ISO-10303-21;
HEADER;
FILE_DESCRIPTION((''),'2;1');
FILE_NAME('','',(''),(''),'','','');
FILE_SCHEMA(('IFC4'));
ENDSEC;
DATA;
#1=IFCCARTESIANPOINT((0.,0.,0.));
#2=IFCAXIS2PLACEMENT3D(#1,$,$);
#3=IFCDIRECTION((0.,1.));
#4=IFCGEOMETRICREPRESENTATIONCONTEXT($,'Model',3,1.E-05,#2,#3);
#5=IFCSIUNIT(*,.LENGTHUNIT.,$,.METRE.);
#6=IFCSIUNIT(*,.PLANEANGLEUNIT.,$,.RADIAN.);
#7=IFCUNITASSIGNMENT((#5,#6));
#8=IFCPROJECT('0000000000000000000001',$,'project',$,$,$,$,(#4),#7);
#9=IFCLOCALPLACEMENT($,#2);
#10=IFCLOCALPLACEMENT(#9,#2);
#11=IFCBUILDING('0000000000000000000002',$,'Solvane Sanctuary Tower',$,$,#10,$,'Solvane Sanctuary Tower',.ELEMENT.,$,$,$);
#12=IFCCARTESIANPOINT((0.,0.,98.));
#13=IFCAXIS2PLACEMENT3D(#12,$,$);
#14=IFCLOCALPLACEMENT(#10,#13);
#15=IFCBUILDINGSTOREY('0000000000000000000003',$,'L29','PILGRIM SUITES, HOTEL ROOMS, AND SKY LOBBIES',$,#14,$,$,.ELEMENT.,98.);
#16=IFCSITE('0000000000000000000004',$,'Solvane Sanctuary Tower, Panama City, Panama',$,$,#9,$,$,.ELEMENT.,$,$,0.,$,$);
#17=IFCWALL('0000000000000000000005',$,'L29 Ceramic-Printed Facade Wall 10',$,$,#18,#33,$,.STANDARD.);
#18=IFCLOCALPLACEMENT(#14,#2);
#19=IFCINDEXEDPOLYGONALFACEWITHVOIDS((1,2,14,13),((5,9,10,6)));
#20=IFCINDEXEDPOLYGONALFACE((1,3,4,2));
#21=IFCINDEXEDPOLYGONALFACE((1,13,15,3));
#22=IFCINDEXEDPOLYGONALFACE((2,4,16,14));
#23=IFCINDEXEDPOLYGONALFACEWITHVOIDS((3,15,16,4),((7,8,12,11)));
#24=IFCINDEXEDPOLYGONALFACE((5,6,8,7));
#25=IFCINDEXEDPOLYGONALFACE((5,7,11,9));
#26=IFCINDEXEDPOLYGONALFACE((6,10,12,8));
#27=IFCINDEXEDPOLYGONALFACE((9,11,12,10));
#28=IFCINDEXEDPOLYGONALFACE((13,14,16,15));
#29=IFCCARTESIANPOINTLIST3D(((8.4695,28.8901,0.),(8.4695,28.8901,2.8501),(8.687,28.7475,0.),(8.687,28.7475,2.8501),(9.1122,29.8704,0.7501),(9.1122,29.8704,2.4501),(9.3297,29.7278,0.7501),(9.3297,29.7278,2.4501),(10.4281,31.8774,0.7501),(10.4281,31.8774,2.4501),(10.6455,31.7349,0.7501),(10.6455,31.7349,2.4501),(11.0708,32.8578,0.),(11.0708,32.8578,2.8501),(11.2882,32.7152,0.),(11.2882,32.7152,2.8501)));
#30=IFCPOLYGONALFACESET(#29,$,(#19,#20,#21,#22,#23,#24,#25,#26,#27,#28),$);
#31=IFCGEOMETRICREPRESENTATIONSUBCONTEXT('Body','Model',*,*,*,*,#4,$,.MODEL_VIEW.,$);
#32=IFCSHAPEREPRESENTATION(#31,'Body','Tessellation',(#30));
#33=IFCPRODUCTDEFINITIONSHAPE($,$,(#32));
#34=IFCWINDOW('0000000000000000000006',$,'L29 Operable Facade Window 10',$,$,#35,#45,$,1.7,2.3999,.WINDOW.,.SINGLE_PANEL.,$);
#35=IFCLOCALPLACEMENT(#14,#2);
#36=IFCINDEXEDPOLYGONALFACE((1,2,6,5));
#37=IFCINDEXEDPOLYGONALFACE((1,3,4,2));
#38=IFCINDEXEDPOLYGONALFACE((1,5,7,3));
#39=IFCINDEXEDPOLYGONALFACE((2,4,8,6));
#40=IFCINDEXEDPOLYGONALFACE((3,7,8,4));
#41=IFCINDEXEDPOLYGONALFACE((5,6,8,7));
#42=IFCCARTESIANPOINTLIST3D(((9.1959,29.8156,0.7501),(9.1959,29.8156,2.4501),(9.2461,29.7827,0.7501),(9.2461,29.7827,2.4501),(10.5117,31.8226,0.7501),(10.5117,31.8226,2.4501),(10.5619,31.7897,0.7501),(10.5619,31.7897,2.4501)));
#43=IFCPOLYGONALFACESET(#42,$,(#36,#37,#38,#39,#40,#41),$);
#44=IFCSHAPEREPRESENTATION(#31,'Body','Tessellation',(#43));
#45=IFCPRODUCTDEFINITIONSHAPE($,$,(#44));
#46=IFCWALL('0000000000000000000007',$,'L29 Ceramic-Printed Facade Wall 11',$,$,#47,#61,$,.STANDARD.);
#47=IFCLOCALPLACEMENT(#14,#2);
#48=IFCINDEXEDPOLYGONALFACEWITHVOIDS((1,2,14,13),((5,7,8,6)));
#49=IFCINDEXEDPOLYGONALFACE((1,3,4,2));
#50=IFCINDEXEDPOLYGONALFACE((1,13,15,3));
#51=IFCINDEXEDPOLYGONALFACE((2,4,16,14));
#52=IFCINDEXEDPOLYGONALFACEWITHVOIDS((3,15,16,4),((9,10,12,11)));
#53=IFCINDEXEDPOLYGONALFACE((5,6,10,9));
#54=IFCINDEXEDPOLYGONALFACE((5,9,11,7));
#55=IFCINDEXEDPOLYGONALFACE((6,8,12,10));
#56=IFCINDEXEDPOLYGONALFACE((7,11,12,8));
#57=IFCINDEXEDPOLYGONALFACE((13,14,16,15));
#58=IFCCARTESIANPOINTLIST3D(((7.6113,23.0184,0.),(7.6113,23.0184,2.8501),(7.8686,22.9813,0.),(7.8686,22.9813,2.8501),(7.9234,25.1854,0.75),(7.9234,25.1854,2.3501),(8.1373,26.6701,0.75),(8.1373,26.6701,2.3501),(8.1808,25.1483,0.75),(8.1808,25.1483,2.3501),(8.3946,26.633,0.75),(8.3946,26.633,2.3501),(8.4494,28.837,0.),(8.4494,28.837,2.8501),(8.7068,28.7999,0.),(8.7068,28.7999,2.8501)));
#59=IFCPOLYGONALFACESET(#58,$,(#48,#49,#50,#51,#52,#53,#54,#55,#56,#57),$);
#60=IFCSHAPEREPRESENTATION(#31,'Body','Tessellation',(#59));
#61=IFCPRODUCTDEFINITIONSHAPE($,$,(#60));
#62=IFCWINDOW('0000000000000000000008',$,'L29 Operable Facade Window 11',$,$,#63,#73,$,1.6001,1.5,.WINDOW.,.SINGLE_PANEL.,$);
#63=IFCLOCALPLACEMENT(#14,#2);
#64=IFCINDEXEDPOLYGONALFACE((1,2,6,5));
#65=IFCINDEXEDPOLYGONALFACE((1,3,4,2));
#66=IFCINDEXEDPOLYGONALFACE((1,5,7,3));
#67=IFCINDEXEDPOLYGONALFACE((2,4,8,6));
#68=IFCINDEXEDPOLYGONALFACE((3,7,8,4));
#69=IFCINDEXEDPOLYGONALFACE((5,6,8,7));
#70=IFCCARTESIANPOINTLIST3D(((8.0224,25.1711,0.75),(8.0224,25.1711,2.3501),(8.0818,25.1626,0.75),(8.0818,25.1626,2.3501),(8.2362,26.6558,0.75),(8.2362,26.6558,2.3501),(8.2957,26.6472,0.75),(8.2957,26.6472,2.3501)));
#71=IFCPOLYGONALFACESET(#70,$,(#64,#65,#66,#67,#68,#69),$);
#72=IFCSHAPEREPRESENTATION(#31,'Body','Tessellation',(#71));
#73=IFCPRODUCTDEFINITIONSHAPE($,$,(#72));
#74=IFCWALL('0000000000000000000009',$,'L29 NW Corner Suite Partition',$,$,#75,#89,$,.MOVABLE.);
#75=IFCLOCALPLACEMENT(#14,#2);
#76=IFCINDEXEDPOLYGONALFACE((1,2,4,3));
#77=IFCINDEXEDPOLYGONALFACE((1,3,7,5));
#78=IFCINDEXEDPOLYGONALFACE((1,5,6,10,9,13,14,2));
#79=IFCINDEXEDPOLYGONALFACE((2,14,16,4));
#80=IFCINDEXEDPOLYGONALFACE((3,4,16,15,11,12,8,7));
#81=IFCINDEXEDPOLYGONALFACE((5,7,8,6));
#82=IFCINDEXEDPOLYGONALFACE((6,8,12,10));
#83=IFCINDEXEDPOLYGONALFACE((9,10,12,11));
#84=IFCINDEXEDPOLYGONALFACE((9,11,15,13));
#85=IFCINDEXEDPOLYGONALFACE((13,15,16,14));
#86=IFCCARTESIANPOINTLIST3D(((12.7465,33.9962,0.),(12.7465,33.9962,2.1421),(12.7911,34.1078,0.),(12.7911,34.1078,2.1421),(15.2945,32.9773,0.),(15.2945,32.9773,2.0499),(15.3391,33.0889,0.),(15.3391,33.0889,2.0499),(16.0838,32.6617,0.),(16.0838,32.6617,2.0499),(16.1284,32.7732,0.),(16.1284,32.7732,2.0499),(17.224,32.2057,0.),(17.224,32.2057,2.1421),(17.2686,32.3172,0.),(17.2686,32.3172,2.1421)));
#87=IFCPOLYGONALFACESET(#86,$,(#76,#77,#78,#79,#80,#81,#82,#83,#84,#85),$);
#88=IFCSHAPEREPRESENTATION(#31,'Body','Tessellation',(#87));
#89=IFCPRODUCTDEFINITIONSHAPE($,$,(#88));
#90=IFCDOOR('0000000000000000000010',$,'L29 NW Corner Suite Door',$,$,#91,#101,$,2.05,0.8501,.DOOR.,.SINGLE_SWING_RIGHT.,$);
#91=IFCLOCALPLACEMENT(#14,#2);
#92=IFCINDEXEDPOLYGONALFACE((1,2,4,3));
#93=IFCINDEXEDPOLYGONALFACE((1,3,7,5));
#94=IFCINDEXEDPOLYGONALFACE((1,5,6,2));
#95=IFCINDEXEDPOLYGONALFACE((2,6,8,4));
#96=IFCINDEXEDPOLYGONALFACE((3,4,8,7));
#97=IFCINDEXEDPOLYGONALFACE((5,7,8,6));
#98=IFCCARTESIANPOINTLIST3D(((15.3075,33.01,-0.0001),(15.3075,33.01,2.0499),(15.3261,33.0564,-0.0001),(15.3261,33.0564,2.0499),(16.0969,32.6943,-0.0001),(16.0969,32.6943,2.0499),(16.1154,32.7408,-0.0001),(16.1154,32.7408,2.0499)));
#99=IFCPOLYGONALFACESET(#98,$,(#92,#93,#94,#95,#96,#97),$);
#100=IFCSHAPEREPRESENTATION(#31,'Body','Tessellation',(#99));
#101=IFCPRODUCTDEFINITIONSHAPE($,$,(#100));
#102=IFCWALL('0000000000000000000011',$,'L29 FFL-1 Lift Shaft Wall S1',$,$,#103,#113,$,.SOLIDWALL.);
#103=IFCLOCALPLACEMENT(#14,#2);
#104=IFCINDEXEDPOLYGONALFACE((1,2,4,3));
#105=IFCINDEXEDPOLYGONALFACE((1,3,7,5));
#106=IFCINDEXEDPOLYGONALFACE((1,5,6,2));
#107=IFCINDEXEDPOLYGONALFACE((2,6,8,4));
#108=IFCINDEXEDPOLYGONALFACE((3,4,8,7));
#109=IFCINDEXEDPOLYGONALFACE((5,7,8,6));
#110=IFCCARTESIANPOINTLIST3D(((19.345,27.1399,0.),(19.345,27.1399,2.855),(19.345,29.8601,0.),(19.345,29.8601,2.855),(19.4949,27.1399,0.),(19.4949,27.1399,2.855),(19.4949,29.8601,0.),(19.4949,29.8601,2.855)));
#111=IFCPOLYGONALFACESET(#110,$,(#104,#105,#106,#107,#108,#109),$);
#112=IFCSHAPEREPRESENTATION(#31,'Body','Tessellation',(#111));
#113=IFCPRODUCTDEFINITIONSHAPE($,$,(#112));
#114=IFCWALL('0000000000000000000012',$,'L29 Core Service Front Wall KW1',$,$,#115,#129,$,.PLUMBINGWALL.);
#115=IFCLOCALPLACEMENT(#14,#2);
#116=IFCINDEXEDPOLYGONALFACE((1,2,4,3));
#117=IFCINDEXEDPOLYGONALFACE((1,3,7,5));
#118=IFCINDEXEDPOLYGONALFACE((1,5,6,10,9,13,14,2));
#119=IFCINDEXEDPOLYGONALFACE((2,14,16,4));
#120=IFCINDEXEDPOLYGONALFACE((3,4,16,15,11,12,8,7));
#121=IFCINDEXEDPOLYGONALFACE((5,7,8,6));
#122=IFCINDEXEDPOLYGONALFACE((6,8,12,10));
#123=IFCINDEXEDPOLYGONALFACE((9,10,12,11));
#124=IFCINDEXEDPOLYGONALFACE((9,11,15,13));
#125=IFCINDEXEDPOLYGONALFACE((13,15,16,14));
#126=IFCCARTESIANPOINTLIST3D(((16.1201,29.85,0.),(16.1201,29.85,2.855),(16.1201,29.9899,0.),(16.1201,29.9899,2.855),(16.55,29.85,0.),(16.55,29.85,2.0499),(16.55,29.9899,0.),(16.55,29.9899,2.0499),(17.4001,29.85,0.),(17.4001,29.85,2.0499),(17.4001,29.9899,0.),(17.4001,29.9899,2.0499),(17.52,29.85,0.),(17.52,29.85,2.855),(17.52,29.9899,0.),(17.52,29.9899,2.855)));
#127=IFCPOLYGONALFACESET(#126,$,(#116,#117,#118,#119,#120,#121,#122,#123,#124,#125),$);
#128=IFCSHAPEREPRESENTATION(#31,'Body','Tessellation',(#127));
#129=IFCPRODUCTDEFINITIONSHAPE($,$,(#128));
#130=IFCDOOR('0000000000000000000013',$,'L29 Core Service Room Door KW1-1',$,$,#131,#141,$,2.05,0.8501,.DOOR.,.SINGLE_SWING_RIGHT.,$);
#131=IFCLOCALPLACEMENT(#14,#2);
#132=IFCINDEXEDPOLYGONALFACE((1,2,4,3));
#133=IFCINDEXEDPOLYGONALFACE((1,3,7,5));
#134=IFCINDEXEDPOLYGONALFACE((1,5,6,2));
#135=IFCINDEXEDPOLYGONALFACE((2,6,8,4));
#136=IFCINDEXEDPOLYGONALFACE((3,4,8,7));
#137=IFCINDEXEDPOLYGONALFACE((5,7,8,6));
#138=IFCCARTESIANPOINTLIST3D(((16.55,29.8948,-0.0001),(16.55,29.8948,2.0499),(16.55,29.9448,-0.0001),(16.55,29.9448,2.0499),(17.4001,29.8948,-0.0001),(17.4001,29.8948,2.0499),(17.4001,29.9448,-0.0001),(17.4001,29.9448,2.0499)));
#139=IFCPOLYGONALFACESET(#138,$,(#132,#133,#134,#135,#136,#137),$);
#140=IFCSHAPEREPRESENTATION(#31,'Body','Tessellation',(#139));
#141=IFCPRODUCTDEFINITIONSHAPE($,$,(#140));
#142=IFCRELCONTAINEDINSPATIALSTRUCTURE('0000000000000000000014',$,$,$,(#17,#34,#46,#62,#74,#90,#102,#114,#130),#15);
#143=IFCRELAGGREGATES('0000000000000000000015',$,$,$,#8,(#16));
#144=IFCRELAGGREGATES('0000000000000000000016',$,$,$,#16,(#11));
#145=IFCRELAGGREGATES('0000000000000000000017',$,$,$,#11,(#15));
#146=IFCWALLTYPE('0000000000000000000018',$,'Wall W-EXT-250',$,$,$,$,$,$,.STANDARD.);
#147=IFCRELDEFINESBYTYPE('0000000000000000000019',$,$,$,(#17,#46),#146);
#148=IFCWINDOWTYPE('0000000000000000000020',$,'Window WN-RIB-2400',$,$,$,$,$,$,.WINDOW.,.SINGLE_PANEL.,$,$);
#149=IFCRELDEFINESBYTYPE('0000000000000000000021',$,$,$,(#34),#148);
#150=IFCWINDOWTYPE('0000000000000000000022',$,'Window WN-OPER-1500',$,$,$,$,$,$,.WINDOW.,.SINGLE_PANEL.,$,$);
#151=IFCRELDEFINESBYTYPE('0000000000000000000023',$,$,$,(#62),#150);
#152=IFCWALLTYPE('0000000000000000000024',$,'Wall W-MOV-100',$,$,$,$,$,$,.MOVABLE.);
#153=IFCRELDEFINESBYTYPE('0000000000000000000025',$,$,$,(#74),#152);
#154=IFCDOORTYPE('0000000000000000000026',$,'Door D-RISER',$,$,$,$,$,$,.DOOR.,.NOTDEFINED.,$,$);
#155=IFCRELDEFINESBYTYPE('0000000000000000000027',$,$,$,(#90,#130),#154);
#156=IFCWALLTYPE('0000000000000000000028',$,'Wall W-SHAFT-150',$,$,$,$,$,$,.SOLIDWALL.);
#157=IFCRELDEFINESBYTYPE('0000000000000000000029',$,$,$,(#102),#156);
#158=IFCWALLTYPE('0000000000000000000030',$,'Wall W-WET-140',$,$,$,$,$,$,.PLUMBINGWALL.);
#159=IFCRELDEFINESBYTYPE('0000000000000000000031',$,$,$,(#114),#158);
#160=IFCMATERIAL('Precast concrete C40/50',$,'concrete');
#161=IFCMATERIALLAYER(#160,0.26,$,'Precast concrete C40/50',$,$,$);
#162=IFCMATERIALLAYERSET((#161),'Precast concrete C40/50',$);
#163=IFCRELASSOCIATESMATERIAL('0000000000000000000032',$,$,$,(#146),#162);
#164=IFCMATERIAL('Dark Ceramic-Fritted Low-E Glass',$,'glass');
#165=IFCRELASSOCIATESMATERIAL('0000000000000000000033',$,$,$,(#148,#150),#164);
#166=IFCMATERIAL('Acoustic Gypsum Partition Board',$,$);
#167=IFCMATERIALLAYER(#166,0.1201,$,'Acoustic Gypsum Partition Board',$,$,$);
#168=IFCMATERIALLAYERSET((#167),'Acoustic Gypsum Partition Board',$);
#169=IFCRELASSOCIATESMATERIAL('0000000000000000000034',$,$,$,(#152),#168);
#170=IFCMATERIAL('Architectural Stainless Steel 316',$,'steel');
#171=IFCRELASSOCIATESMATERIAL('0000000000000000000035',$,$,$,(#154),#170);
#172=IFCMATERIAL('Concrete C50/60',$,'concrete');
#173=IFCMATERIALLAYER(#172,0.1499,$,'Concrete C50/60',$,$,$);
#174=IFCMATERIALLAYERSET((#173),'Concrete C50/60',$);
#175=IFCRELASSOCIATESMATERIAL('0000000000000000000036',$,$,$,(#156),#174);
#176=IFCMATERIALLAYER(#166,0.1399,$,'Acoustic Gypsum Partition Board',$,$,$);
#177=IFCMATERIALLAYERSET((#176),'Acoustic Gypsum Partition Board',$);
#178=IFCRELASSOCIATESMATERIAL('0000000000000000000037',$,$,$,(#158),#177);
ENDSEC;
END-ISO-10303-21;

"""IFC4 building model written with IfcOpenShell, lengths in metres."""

from ifc_helpers import new_model, si_unit, direction, frame, frame_2d, origin, place, context, subcontext, project, spatial, rectangle, extrude, material, layer, layer_set, type_object, element, fill, save


model = new_model("IFC4")

# Units and contexts
model_context = context("Model", 3, precision=1e-05, world=origin(), true_north=direction((0.0, 1.0)))
body_context = subcontext(model_context, "Body", "Model", "MODEL_VIEW")
ifc_project = project(units=[si_unit("LENGTHUNIT", "METRE"), si_unit("PLANEANGLEUNIT", "RADIAN")], contexts=[model_context])

# Site, building, storey
site_placement = place(None, origin())
site = spatial("IfcSite", under=ifc_project, at=site_placement, Name="Solvane Sanctuary Tower, Panama City, Panama", CompositionType="ELEMENT", RefElevation=0.0)
building_placement = place(site_placement, origin())
building = spatial("IfcBuilding", under=site, at=building_placement, Name="Solvane Sanctuary Tower", LongName="Solvane Sanctuary Tower", CompositionType="ELEMENT")
storey_placement = place(building_placement, frame((0.0, 0.0, 98.0)))
storey = spatial("IfcBuildingStorey", under=building, at=storey_placement, Name="L29", Description="PILGRIM SUITES, HOTEL ROOMS, AND SKY LOBBIES", CompositionType="ELEMENT", Elevation=98.0)

# Shared definitions
ifc_material_1 = material(Name="Acoustic Gypsum Partition Board")

# Shared definitions
ifc_material_2 = material(Name="Precast concrete C40/50", Category="concrete")
ifc_layer_1 = layer(ifc_material_2, 0.26, Name="Precast concrete C40/50")
ifc_layer_set_1 = layer_set([ifc_layer_1], Name="Precast concrete C40/50")
wall_type_1 = type_object("IfcWallType", Name="Wall W-EXT-250", PredefinedType="STANDARD", material=ifc_layer_set_1)

# Walls, openings, windows
ifc_material_3 = material(Name="Dark Ceramic-Fritted Low-E Glass", Category="glass")
wall_1_placement = place(storey_placement, frame((11.1794, 32.7864, 0.0), z_axis=(0.0, 0.0, 1.0), x_axis=(-0.548283, -0.836293, 0.0)))
wall_1 = element("IfcWall", 1, at=wall_1_placement, inside=storey, type_object=wall_type_1, Name="L29 Ceramic-Printed Facade Wall 10", PredefinedType="STANDARD", context=body_context, shape_type="SweptSolid", body=[
    extrude(rectangle(XDim=4.7444, YDim=0.26, at=frame_2d((2.3721, 0.0))), origin(), (0.0, 0.0, 1.0), 2.8501),
])
opening_1_placement = place(wall_1_placement, frame((1.1721, 0.0, 0.75)))
opening_1 = element("IfcOpeningElement", 2, at=opening_1_placement, cuts=wall_1, PredefinedType="OPENING", context=body_context, shape_type="SweptSolid", body=[
    extrude(rectangle(XDim=2.3999, YDim=1.7, at=frame_2d((1.2, 0.8501))), frame((0.0, 0.1399, 0.0), z_axis=(0.0, -1.0, 0.0), x_axis=(1.0, 0.0, 0.0)), (0.0, 0.0, 1.0), 0.28),
])
window_type_1 = type_object("IfcWindowType", Name="Window WN-RIB-2400", PartitioningType="SINGLE_PANEL", PredefinedType="WINDOW", material=ifc_material_3)
window_1_placement = place(opening_1_placement, origin())
window_1 = element("IfcWindow", 3, at=window_1_placement, inside=storey, type_object=window_type_1, Name="L29 Operable Facade Window 10", OverallHeight=1.7, OverallWidth=2.3999, PartitioningType="SINGLE_PANEL", PredefinedType="WINDOW", context=body_context, shape_type="SweptSolid", body=[
    extrude(rectangle(XDim=2.3999, YDim=1.7, at=frame_2d((1.2, 0.8501))), frame((0.0, 0.03, 0.0), z_axis=(0.0, -1.0, 0.0), x_axis=(1.0, 0.0, 0.0)), (0.0, 0.0, 1.0), 0.0601),
])
fill(opening_1, window_1)
wall_2_placement = place(storey_placement, frame((8.5781, 28.8186, 0.0), z_axis=(0.0, 0.0, 1.0), x_axis=(-0.142572, -0.989784, 0.0)))
wall_2 = element("IfcWall", 4, at=wall_2_placement, inside=storey, type_object=wall_type_1, Name="L29 Ceramic-Printed Facade Wall 11", PredefinedType="STANDARD", context=body_context, shape_type="SweptSolid", body=[
    extrude(rectangle(XDim=5.8787, YDim=0.26, at=frame_2d((2.9395, 0.0))), origin(), (0.0, 0.0, 1.0), 2.8501),
])
opening_2_placement = place(wall_2_placement, frame((2.1895, 0.0, 0.75)))
opening_2 = element("IfcOpeningElement", 5, at=opening_2_placement, cuts=wall_2, PredefinedType="OPENING", context=body_context, shape_type="SweptSolid", body=[
    extrude(rectangle(XDim=1.5, YDim=1.6001, at=frame_2d((0.75, 0.8))), frame((0.0, 0.1399, 0.0), z_axis=(0.0, -1.0, 0.0), x_axis=(1.0, 0.0, 0.0)), (0.0, 0.0, 1.0), 0.28),
])
window_type_2 = type_object("IfcWindowType", Name="Window WN-OPER-1500", PartitioningType="SINGLE_PANEL", PredefinedType="WINDOW", material=ifc_material_3)
window_2_placement = place(opening_2_placement, origin())
window_2 = element("IfcWindow", 6, at=window_2_placement, inside=storey, type_object=window_type_2, Name="L29 Operable Facade Window 11", OverallHeight=1.6001, OverallWidth=1.5, PartitioningType="SINGLE_PANEL", PredefinedType="WINDOW", context=body_context, shape_type="SweptSolid", body=[
    extrude(rectangle(XDim=1.5, YDim=1.6001, at=frame_2d((0.75, 0.8))), frame((0.0, 0.03, 0.0), z_axis=(0.0, -1.0, 0.0), x_axis=(1.0, 0.0, 0.0)), (0.0, 0.0, 1.0), 0.0601),
])
fill(opening_2, window_2)

# Wall, opening, door
ifc_layer_2 = layer(ifc_material_1, 0.1201, Name="Acoustic Gypsum Partition Board")
ifc_layer_set_2 = layer_set([ifc_layer_2], Name="Acoustic Gypsum Partition Board")
wall_type_2 = type_object("IfcWallType", Name="Wall W-MOV-100", PredefinedType="MOVABLE", material=ifc_layer_set_2)
wall_3_placement = place(storey_placement, frame((17.2463, 32.2615, 0.0), z_axis=(0.0, 0.0, 1.0), x_axis=(-0.928512, 0.371303, 0.0)))
wall_3 = element("IfcWall", 7, at=wall_3_placement, inside=storey, type_object=wall_type_2, Name="L29 NW Corner Suite Partition", PredefinedType="MOVABLE", context=body_context, shape_type="SweptSolid", body=[
    extrude(rectangle(XDim=4.8223, YDim=0.1201, at=frame_2d((2.4111, 0.0))), origin(), (0.0, 0.0, 1.0), 2.1421),
])
opening_3_placement = place(wall_3_placement, frame((1.228, 0.0, 0.0)))
opening_3 = element("IfcOpeningElement", 8, at=opening_3_placement, cuts=wall_3, PredefinedType="OPENING", context=body_context, shape_type="SweptSolid", body=[
    extrude(rectangle(XDim=0.8501, YDim=2.05, at=frame_2d((0.425, 1.0249))), frame((0.0, 0.0701, 0.0), z_axis=(0.0, -1.0, 0.0), x_axis=(1.0, 0.0, 0.0)), (0.0, 0.0, 1.0), 0.1401),
])
ifc_material_4 = material(Name="Architectural Stainless Steel 316", Category="steel")
door_type_1 = type_object("IfcDoorType", Name="Door D-RISER", OperationType="NOTDEFINED", PredefinedType="DOOR", material=ifc_material_4)
door_1_placement = place(opening_3_placement, origin())
door_1 = element("IfcDoor", 9, at=door_1_placement, inside=storey, type_object=door_type_1, Name="L29 NW Corner Suite Door", OperationType="SINGLE_SWING_RIGHT", OverallHeight=2.05, OverallWidth=0.8501, PredefinedType="DOOR", context=body_context, shape_type="SweptSolid", body=[
    extrude(rectangle(XDim=0.8501, YDim=2.05, at=frame_2d((0.425, 1.0249))), frame((0.0, 0.0249, 0.0), z_axis=(0.0, -1.0, 0.0), x_axis=(1.0, 0.0, 0.0)), (0.0, 0.0, 1.0), 0.05),
])
fill(opening_3, door_1)

# Wall
ifc_material_5 = material(Name="Concrete C50/60", Category="concrete")
ifc_layer_3 = layer(ifc_material_5, 0.1499, Name="Concrete C50/60")
ifc_layer_set_3 = layer_set([ifc_layer_3], Name="Concrete C50/60")
wall_type_3 = type_object("IfcWallType", Name="Wall W-SHAFT-150", PredefinedType="SOLIDWALL", material=ifc_layer_set_3)
wall_4_placement = place(storey_placement, frame((19.4199, 27.1399, 0.0), z_axis=(0.0, 0.0, 1.0), x_axis=(0.0, 1.0, 0.0)))
element("IfcWall", 10, at=wall_4_placement, inside=storey, type_object=wall_type_3, Name="L29 FFL-1 Lift Shaft Wall S1", PredefinedType="SOLIDWALL", context=body_context, shape_type="SweptSolid", body=[
    extrude(rectangle(XDim=2.7202, YDim=0.1499, at=frame_2d((1.3601, 0.0))), origin(), (0.0, 0.0, 1.0), 2.855),
])

# Wall, opening, door
ifc_layer_4 = layer(ifc_material_1, 0.1399, Name="Acoustic Gypsum Partition Board")
ifc_layer_set_4 = layer_set([ifc_layer_4], Name="Acoustic Gypsum Partition Board")
wall_type_4 = type_object("IfcWallType", Name="Wall W-WET-140", PredefinedType="PLUMBINGWALL", material=ifc_layer_set_4)
wall_5_placement = place(storey_placement, frame((16.1201, 29.9199, 0.0), z_axis=(0.0, 0.0, 1.0), x_axis=(1.0, 0.0, 0.0)))
wall_5 = element("IfcWall", 11, at=wall_5_placement, inside=storey, type_object=wall_type_4, Name="L29 Core Service Front Wall KW1", PredefinedType="PLUMBINGWALL", context=body_context, shape_type="SweptSolid", body=[
    extrude(rectangle(XDim=1.3999, YDim=0.1399, at=frame_2d((0.7, 0.0))), origin(), (0.0, 0.0, 1.0), 2.855),
])
opening_4_placement = place(wall_5_placement, frame((0.4299, 0.0, 0.0)))
opening_4 = element("IfcOpeningElement", 12, at=opening_4_placement, cuts=wall_5, PredefinedType="OPENING", context=body_context, shape_type="SweptSolid", body=[
    extrude(rectangle(XDim=0.8501, YDim=2.05, at=frame_2d((0.425, 1.0249))), frame((0.0, 0.0798, 0.0), z_axis=(0.0, -1.0, 0.0), x_axis=(1.0, 0.0, 0.0)), (0.0, 0.0, 1.0), 0.1599),
])
door_2_placement = place(opening_4_placement, origin())
door_2 = element("IfcDoor", 13, at=door_2_placement, inside=storey, type_object=door_type_1, Name="L29 Core Service Room Door KW1-1", OperationType="SINGLE_SWING_RIGHT", OverallHeight=2.05, OverallWidth=0.8501, PredefinedType="DOOR", context=body_context, shape_type="SweptSolid", body=[
    extrude(rectangle(XDim=0.8501, YDim=2.05, at=frame_2d((0.425, 1.0249))), frame((0.0, 0.0249, 0.0), z_axis=(0.0, -1.0, 0.0), x_axis=(1.0, 0.0, 0.0)), (0.0, 0.0, 1.0), 0.05),
])
fill(opening_4, door_2)

save(model, "model.ifc")
